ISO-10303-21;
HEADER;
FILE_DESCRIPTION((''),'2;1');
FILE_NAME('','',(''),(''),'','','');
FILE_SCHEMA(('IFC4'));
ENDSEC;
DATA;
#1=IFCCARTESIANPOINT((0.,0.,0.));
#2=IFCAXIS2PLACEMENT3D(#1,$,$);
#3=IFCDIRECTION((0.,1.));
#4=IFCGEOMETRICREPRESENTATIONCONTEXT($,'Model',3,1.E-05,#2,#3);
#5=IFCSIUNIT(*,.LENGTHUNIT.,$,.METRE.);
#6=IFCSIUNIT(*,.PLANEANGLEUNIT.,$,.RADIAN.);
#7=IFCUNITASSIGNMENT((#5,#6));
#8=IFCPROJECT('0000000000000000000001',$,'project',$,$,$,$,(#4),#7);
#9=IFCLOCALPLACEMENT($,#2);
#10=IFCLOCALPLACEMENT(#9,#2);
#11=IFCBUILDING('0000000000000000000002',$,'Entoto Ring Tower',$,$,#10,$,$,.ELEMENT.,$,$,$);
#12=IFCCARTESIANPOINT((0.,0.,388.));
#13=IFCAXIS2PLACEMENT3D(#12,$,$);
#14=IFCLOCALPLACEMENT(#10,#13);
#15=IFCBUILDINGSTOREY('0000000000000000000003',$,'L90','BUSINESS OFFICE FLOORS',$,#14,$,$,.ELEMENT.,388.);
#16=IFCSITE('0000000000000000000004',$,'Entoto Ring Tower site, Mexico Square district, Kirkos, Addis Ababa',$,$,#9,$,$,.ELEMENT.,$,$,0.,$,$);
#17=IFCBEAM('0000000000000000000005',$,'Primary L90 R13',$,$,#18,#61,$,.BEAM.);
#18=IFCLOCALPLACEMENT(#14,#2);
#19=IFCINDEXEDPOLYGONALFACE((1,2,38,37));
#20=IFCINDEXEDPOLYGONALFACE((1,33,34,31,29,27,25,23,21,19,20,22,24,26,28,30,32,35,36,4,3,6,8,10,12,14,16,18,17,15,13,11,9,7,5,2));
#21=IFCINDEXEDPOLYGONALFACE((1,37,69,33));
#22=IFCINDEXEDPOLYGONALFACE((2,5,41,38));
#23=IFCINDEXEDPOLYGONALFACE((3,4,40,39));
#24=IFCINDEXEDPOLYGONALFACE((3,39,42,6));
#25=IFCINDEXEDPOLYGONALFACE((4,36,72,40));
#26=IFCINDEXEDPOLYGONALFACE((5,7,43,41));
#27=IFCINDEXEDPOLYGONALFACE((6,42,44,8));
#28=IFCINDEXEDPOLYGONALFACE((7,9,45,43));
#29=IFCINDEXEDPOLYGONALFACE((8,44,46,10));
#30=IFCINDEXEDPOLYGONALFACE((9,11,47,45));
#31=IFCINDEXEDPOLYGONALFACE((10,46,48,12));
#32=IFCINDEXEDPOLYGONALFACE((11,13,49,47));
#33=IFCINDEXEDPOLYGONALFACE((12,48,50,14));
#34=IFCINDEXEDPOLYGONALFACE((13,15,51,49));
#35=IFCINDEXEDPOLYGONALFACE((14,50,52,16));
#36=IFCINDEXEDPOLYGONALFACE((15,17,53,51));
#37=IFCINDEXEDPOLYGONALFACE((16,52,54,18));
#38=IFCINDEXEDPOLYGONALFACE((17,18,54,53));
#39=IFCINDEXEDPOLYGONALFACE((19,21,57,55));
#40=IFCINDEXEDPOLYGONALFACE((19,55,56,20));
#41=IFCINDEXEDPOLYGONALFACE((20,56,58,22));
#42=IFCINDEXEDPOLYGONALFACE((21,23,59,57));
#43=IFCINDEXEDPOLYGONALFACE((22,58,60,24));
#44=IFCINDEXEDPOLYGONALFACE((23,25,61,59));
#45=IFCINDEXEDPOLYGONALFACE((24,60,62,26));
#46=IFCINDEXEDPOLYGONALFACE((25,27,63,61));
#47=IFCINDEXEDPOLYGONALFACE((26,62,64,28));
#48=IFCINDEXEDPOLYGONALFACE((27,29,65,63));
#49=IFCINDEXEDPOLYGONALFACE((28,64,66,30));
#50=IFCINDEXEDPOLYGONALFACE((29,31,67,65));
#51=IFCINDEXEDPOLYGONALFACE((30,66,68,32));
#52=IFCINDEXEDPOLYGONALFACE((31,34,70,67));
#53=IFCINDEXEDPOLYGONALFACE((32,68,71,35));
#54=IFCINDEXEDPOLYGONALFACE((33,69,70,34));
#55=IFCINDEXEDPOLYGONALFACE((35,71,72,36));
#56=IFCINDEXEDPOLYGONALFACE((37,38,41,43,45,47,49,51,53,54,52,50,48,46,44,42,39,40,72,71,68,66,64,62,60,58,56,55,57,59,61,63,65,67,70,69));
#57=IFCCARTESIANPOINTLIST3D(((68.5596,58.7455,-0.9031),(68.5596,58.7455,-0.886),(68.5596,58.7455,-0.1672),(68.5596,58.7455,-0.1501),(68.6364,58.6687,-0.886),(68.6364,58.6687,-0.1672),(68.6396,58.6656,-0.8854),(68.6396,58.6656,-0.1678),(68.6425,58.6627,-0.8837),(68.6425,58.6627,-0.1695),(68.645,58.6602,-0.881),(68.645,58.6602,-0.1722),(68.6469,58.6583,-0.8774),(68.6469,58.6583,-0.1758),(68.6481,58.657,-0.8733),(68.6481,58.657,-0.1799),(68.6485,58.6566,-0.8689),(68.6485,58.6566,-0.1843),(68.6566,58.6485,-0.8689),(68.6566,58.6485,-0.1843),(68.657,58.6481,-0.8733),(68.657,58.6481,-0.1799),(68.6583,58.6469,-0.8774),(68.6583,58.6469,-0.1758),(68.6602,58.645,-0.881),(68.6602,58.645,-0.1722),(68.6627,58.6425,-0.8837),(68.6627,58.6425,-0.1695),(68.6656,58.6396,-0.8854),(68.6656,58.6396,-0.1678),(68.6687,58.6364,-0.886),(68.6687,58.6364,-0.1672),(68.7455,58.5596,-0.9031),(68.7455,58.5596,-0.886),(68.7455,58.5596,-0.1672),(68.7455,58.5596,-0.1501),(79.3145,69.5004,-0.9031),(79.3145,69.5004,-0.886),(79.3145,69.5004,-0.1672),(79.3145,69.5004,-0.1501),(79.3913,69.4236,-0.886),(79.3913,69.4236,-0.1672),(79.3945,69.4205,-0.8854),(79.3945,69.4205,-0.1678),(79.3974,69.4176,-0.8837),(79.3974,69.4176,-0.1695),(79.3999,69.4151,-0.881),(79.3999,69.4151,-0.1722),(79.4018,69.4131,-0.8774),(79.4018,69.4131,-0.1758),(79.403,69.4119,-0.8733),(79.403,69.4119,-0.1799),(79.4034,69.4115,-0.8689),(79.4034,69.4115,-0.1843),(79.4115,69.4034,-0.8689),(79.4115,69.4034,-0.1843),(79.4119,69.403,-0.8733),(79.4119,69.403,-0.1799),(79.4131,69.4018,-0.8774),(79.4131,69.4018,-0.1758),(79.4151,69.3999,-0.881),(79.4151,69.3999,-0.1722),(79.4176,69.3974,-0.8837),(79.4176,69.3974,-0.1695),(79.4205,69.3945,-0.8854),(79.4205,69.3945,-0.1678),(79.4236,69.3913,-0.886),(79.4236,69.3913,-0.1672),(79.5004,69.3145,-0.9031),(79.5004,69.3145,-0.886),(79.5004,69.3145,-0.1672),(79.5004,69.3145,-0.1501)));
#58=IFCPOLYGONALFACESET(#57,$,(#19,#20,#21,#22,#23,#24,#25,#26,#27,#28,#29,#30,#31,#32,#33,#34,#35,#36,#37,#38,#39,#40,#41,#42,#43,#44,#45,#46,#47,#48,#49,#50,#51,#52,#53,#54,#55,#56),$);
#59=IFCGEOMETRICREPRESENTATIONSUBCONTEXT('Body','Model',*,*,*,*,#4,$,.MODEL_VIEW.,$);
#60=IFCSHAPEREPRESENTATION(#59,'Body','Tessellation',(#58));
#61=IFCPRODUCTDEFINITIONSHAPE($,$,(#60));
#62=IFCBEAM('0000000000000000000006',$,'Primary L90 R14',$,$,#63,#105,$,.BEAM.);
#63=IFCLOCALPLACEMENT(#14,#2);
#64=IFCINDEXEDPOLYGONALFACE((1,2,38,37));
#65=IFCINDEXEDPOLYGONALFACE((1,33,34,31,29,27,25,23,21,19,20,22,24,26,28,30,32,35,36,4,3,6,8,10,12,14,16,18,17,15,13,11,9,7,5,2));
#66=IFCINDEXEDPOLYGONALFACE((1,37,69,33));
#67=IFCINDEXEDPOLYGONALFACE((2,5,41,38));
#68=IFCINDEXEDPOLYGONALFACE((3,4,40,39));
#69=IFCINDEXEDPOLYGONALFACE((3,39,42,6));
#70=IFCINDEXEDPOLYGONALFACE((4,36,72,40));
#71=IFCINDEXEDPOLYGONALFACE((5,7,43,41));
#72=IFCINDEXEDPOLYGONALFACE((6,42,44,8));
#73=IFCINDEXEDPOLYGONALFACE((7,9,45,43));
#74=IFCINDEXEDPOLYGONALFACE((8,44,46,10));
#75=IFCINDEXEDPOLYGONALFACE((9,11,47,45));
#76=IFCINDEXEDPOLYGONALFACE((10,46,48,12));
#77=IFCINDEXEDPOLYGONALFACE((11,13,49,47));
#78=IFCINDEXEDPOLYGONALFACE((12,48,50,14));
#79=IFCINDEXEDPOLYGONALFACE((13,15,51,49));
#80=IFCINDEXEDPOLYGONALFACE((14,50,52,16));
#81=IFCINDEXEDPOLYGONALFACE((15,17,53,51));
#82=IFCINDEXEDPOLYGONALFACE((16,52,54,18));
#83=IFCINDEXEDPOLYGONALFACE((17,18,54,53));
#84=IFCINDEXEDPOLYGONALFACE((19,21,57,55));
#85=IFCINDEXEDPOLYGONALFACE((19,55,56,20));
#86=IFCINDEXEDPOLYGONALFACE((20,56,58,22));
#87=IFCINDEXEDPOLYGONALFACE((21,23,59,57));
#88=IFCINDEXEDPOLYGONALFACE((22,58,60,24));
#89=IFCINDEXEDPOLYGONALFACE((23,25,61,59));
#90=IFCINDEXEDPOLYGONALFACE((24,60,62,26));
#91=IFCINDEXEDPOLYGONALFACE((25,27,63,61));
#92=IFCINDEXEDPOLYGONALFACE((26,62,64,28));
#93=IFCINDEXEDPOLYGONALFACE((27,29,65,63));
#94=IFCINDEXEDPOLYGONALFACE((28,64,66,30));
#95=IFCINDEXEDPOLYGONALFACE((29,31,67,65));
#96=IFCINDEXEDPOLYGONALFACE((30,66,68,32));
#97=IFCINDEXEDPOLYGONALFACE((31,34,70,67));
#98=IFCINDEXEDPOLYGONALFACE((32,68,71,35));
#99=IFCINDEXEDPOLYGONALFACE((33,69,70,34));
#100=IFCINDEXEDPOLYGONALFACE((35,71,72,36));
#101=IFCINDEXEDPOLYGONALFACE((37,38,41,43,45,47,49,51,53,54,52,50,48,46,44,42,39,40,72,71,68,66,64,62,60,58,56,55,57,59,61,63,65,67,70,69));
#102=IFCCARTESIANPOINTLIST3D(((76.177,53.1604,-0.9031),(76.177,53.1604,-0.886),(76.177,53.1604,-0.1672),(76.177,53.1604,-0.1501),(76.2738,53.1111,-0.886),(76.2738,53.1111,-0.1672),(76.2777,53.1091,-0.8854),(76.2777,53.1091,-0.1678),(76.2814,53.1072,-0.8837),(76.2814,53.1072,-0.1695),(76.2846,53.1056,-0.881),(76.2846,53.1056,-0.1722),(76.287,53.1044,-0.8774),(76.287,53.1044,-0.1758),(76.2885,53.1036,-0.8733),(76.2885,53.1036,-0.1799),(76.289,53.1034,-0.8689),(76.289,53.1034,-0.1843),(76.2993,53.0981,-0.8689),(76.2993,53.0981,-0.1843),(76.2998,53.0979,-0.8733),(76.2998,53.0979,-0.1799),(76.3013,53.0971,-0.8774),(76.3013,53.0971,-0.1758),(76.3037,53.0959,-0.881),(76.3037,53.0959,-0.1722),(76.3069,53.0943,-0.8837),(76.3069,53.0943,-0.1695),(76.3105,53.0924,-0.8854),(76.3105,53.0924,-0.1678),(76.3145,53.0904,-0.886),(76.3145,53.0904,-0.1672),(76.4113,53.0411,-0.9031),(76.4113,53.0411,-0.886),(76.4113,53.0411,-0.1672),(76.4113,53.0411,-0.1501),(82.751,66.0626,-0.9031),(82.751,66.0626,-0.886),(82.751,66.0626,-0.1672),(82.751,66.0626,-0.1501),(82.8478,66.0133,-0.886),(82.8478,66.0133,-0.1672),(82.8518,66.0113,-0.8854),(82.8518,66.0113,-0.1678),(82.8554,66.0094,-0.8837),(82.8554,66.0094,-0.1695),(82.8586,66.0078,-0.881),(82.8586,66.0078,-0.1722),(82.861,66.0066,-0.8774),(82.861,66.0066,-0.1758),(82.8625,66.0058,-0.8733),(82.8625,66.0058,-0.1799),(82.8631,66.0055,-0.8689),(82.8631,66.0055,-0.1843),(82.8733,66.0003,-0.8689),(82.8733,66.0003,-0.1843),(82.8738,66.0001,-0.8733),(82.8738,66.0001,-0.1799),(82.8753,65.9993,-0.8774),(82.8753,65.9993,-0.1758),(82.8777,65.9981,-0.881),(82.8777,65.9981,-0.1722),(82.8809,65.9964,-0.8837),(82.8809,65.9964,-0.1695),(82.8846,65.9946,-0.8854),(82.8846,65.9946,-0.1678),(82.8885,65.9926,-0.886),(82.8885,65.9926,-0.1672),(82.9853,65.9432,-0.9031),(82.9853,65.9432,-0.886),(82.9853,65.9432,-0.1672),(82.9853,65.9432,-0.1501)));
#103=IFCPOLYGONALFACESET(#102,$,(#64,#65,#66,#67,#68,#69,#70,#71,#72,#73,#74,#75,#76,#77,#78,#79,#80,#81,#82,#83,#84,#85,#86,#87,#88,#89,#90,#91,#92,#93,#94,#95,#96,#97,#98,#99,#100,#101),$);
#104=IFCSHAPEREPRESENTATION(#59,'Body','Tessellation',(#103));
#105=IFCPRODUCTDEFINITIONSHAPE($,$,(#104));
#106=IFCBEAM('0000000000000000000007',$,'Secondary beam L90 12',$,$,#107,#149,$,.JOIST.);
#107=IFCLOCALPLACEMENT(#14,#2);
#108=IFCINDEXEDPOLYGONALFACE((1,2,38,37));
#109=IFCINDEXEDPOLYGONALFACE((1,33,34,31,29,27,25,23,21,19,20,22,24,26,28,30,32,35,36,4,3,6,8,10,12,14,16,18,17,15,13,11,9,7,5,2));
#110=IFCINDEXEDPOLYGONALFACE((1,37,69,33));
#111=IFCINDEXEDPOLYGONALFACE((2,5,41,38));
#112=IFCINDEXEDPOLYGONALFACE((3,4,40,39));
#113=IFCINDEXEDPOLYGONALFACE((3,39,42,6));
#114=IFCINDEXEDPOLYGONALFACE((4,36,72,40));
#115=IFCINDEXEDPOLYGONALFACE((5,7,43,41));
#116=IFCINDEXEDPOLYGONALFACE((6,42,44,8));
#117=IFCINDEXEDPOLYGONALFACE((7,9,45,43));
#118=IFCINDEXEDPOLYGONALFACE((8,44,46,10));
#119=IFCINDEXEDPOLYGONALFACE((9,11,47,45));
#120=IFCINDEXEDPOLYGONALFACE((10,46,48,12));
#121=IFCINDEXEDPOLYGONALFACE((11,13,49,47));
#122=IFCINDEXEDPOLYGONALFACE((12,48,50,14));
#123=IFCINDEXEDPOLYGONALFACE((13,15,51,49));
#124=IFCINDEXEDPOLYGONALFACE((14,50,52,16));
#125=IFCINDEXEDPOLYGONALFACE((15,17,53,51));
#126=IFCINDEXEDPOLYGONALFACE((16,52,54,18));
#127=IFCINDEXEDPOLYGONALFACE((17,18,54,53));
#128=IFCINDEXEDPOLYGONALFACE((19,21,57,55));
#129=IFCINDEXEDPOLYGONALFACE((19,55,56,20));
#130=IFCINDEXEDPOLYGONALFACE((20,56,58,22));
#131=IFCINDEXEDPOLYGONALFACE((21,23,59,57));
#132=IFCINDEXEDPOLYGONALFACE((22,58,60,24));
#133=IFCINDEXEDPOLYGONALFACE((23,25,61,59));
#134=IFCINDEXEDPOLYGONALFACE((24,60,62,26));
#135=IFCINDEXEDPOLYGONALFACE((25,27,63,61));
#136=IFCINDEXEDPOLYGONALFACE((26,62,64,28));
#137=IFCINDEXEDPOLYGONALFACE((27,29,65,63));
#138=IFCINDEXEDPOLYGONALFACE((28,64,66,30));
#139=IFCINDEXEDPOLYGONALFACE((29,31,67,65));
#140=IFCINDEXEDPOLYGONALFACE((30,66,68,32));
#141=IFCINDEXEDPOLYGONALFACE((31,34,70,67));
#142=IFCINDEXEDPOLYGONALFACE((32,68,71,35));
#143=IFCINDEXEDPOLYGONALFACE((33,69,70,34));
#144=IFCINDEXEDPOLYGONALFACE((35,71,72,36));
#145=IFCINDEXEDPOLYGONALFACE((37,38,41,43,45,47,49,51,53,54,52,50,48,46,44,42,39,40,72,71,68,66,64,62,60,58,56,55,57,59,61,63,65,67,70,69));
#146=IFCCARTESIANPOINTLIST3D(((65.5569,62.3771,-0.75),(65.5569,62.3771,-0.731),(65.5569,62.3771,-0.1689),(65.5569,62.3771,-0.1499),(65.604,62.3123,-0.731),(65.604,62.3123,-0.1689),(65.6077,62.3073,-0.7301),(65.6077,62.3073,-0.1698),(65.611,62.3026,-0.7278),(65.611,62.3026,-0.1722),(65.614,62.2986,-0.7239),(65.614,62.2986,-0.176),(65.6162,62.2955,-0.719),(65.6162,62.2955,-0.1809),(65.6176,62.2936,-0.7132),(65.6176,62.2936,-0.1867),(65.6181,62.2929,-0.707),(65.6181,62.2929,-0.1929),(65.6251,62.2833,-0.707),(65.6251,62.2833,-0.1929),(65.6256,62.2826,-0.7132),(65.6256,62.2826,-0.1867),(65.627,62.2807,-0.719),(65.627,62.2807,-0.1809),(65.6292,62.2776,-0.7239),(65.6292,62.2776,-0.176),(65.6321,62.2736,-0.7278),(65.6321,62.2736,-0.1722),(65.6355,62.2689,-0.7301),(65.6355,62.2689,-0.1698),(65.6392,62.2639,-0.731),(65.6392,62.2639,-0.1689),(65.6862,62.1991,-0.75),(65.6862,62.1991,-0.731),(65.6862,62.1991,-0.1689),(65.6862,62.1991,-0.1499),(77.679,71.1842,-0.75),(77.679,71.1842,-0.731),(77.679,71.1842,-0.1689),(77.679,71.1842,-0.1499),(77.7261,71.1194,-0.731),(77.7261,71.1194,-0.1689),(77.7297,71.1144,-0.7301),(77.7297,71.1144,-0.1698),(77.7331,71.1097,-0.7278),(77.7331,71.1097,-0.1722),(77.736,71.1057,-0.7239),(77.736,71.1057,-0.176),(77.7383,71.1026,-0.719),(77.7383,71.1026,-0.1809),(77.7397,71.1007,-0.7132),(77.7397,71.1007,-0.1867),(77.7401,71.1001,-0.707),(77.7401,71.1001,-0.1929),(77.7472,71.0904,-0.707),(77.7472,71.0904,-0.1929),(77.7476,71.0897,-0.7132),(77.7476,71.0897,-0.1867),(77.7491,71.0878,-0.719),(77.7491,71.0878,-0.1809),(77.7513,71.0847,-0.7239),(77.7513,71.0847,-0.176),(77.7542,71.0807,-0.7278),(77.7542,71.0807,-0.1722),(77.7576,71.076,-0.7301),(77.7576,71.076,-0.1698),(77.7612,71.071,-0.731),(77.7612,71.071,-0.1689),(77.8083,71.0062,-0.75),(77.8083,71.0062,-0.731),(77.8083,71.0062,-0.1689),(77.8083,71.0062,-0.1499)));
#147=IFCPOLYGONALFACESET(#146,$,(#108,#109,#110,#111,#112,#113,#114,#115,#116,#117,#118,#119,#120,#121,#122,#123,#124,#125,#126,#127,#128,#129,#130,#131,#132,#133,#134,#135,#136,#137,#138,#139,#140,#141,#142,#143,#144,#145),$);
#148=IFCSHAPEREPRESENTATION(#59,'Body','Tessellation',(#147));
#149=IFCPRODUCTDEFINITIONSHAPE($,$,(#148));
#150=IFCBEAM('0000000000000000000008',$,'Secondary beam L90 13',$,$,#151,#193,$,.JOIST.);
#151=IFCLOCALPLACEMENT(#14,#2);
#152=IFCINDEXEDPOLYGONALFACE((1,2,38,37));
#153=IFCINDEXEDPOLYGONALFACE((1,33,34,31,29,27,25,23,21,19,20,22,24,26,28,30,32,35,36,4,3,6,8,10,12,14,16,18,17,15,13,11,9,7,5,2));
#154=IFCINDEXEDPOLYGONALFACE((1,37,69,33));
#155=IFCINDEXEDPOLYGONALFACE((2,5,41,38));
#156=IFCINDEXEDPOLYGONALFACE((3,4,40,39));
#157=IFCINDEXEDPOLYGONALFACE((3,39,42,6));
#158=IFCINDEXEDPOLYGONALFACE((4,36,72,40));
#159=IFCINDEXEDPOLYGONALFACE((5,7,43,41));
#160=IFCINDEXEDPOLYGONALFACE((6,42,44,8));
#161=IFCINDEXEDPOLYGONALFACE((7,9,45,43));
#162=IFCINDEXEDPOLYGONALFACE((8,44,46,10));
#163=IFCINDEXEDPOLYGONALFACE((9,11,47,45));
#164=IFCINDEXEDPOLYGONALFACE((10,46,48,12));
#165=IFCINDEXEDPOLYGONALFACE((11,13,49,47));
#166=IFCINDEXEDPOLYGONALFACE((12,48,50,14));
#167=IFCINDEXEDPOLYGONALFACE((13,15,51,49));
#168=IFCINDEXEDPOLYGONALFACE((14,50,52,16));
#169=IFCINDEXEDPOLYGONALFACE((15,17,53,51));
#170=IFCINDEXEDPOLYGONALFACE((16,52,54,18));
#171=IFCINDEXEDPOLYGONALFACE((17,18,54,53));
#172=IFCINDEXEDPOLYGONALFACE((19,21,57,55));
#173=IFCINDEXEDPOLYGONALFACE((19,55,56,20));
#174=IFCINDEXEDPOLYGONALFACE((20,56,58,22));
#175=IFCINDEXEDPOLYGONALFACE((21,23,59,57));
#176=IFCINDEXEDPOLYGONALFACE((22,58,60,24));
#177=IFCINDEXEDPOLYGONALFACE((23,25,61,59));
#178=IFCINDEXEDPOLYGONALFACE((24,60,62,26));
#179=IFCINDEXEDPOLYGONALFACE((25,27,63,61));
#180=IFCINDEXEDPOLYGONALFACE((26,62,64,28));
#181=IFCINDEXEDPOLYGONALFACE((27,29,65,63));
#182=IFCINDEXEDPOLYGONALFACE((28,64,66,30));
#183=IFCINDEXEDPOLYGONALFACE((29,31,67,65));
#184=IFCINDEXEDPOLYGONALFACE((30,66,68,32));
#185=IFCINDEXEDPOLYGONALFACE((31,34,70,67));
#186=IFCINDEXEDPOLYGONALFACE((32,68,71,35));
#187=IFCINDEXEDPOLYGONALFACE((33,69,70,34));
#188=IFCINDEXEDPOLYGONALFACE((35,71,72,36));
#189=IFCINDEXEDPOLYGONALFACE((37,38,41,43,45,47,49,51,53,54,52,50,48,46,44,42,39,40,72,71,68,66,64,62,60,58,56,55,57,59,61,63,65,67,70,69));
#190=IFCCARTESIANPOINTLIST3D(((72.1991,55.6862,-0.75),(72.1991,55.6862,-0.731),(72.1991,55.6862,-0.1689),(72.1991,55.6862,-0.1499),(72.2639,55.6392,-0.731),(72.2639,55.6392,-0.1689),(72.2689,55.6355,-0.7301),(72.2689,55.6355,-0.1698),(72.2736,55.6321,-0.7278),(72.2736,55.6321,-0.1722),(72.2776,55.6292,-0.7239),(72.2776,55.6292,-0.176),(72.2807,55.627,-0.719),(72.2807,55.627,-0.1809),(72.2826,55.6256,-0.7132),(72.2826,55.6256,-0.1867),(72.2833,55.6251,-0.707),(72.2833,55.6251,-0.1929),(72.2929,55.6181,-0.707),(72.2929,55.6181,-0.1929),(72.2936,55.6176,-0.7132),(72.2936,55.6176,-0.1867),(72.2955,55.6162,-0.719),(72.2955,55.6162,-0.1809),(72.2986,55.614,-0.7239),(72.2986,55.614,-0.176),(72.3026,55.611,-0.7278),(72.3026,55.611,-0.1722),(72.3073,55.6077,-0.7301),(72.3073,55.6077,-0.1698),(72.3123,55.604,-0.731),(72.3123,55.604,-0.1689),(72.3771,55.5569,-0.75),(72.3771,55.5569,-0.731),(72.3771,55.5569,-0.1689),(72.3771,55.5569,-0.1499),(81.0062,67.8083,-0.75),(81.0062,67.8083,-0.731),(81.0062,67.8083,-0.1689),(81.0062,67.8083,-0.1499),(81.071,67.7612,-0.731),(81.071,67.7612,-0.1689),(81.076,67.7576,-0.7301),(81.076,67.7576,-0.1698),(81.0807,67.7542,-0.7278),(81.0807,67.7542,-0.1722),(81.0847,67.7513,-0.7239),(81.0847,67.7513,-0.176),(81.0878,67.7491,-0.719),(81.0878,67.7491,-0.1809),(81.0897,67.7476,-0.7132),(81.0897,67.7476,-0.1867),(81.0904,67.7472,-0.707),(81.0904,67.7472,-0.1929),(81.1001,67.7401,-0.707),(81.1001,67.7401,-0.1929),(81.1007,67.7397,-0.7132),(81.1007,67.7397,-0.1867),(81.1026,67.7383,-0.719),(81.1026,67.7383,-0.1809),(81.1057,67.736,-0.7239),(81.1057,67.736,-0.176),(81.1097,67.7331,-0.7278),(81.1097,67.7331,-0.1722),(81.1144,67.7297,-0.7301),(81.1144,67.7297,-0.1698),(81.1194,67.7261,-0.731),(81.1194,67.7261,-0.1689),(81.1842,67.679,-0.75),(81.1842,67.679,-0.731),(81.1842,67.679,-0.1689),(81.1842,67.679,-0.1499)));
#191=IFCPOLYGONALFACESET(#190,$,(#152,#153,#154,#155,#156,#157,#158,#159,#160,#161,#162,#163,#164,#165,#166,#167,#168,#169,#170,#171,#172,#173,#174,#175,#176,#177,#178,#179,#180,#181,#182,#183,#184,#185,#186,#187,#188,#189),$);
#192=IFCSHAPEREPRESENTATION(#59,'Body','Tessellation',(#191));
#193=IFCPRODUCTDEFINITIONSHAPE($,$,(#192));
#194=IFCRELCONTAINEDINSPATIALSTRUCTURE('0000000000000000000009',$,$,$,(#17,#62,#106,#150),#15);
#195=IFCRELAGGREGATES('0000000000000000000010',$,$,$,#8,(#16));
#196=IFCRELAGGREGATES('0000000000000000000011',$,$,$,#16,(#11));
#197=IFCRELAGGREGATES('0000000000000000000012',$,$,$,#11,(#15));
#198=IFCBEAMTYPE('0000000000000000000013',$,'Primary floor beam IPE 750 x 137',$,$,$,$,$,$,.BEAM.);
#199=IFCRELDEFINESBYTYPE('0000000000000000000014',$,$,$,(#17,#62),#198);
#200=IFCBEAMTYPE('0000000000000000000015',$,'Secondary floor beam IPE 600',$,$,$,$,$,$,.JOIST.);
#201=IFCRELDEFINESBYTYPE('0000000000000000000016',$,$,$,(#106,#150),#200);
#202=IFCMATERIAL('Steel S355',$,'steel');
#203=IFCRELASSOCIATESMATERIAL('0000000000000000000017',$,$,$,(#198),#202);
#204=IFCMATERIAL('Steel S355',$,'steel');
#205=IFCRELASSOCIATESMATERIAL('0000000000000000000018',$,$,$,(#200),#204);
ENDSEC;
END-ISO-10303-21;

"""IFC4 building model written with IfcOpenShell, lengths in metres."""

from ifc_helpers import new_model, si_unit, direction, frame, origin, origin_2d, place, context, subcontext, project, spatial, i_section, extrude, material, material_profile, profile_set, type_object, element, save


model = new_model("IFC4")

# Units and contexts
model_context = context("Model", 3, precision=1e-05, world=origin(), true_north=direction((0.0, 1.0)))
body_context = subcontext(model_context, "Body", "Model", "MODEL_VIEW")
ifc_project = project(units=[si_unit("LENGTHUNIT", "METRE"), si_unit("PLANEANGLEUNIT", "RADIAN")], contexts=[model_context])

# Site, building, storey
site_placement = place(None, origin())
site = spatial("IfcSite", under=ifc_project, at=site_placement, Name="Entoto Ring Tower site, Mexico Square district, Kirkos, Addis Ababa", CompositionType="ELEMENT", RefElevation=0.0)
building_placement = place(site_placement, origin())
building = spatial("IfcBuilding", under=site, at=building_placement, Name="Entoto Ring Tower", CompositionType="ELEMENT")
storey_placement = place(building_placement, frame((0.0, 0.0, 388.0)))
storey = spatial("IfcBuildingStorey", under=building, at=storey_placement, Name="L90", Description="BUSINESS OFFICE FLOORS", CompositionType="ELEMENT", Elevation=388.0)

# Beams
ifc_material_1 = material(Name="Steel S355", Category="steel")
ifc_material_profile_1 = material_profile(ifc_material_1, i_section(OverallWidth=0.2629, OverallDepth=0.7529, WebThickness=0.0115, FlangeThickness=0.0171, FilletRadius=0.0171, at=origin_2d()), Name="IPE 750 x 137")
ifc_profile_set_1 = profile_set([ifc_material_profile_1], Name="Steel S355")
beam_type_1 = type_object("IfcBeamType", Name="Primary floor beam IPE 750 x 137", PredefinedType="BEAM", material=ifc_profile_set_1)
beam_1_placement = place(storey_placement, frame((79.4075, 69.4075, -0.5266), z_axis=(-0.707107, -0.707107, 0.0), x_axis=(0.707107, -0.707107, 0.0)))
element("IfcBeam", 1, at=beam_1_placement, inside=storey, type_object=beam_type_1, Name="Primary L90 R13", PredefinedType="BEAM", context=body_context, shape_type="SweptSolid", body=[
    extrude(i_section(OverallWidth=0.2629, OverallDepth=0.7529, WebThickness=0.0115, FlangeThickness=0.0171, FilletRadius=0.0171, at=origin_2d()), origin(), (0.0, 0.0, 1.0), 15.2097),
])
beam_2_placement = place(storey_placement, frame((82.8682, 66.0029, -0.5266), z_axis=(-0.453992, -0.891006, 0.0), x_axis=(0.891006, -0.453992, 0.0)))
element("IfcBeam", 2, at=beam_2_placement, inside=storey, type_object=beam_type_1, Name="Primary L90 R14", PredefinedType="BEAM", context=body_context, shape_type="SweptSolid", body=[
    extrude(i_section(OverallWidth=0.2629, OverallDepth=0.7529, WebThickness=0.0115, FlangeThickness=0.0171, FilletRadius=0.0171, at=origin_2d()), origin(), (0.0, 0.0, 1.0), 14.4805),
])
ifc_material_2 = material(Name="Steel S355", Category="steel")
ifc_material_profile_2 = material_profile(ifc_material_2, i_section(OverallWidth=0.22, OverallDepth=0.6001, WebThickness=0.012, FlangeThickness=0.019, FilletRadius=0.0239, at=origin_2d()), Name="IPE 600")
ifc_profile_set_2 = profile_set([ifc_material_profile_2], Name="Steel S355")
beam_type_2 = type_object("IfcBeamType", Name="Secondary floor beam IPE 600", PredefinedType="JOIST", material=ifc_profile_set_2)
for number, where, z_axis, x_axis, name in (
    (3, (77.7437, 71.0952, -0.45), (-0.809019, -0.587782, 0.0), (0.587782, -0.809019, 0.0), "Secondary beam L90 12"),
    (4, (81.0952, 67.7437, -0.45), (-0.587782, -0.809019, 0.0), (0.809019, -0.587782, 0.0), "Secondary beam L90 13"),
):
    element("IfcBeam", number, at=place(storey_placement, frame(where, z_axis=z_axis, x_axis=x_axis)), inside=storey, type_object=beam_type_2, Name=name, PredefinedType="JOIST", context=body_context, shape_type="SweptSolid", body=[
        extrude(i_section(OverallWidth=0.22, OverallDepth=0.6001, WebThickness=0.012, FlangeThickness=0.019, FilletRadius=0.0239, at=origin_2d()), origin(), (0.0, 0.0, 1.0), 14.9836),
    ])

save(model, "model.ifc")
